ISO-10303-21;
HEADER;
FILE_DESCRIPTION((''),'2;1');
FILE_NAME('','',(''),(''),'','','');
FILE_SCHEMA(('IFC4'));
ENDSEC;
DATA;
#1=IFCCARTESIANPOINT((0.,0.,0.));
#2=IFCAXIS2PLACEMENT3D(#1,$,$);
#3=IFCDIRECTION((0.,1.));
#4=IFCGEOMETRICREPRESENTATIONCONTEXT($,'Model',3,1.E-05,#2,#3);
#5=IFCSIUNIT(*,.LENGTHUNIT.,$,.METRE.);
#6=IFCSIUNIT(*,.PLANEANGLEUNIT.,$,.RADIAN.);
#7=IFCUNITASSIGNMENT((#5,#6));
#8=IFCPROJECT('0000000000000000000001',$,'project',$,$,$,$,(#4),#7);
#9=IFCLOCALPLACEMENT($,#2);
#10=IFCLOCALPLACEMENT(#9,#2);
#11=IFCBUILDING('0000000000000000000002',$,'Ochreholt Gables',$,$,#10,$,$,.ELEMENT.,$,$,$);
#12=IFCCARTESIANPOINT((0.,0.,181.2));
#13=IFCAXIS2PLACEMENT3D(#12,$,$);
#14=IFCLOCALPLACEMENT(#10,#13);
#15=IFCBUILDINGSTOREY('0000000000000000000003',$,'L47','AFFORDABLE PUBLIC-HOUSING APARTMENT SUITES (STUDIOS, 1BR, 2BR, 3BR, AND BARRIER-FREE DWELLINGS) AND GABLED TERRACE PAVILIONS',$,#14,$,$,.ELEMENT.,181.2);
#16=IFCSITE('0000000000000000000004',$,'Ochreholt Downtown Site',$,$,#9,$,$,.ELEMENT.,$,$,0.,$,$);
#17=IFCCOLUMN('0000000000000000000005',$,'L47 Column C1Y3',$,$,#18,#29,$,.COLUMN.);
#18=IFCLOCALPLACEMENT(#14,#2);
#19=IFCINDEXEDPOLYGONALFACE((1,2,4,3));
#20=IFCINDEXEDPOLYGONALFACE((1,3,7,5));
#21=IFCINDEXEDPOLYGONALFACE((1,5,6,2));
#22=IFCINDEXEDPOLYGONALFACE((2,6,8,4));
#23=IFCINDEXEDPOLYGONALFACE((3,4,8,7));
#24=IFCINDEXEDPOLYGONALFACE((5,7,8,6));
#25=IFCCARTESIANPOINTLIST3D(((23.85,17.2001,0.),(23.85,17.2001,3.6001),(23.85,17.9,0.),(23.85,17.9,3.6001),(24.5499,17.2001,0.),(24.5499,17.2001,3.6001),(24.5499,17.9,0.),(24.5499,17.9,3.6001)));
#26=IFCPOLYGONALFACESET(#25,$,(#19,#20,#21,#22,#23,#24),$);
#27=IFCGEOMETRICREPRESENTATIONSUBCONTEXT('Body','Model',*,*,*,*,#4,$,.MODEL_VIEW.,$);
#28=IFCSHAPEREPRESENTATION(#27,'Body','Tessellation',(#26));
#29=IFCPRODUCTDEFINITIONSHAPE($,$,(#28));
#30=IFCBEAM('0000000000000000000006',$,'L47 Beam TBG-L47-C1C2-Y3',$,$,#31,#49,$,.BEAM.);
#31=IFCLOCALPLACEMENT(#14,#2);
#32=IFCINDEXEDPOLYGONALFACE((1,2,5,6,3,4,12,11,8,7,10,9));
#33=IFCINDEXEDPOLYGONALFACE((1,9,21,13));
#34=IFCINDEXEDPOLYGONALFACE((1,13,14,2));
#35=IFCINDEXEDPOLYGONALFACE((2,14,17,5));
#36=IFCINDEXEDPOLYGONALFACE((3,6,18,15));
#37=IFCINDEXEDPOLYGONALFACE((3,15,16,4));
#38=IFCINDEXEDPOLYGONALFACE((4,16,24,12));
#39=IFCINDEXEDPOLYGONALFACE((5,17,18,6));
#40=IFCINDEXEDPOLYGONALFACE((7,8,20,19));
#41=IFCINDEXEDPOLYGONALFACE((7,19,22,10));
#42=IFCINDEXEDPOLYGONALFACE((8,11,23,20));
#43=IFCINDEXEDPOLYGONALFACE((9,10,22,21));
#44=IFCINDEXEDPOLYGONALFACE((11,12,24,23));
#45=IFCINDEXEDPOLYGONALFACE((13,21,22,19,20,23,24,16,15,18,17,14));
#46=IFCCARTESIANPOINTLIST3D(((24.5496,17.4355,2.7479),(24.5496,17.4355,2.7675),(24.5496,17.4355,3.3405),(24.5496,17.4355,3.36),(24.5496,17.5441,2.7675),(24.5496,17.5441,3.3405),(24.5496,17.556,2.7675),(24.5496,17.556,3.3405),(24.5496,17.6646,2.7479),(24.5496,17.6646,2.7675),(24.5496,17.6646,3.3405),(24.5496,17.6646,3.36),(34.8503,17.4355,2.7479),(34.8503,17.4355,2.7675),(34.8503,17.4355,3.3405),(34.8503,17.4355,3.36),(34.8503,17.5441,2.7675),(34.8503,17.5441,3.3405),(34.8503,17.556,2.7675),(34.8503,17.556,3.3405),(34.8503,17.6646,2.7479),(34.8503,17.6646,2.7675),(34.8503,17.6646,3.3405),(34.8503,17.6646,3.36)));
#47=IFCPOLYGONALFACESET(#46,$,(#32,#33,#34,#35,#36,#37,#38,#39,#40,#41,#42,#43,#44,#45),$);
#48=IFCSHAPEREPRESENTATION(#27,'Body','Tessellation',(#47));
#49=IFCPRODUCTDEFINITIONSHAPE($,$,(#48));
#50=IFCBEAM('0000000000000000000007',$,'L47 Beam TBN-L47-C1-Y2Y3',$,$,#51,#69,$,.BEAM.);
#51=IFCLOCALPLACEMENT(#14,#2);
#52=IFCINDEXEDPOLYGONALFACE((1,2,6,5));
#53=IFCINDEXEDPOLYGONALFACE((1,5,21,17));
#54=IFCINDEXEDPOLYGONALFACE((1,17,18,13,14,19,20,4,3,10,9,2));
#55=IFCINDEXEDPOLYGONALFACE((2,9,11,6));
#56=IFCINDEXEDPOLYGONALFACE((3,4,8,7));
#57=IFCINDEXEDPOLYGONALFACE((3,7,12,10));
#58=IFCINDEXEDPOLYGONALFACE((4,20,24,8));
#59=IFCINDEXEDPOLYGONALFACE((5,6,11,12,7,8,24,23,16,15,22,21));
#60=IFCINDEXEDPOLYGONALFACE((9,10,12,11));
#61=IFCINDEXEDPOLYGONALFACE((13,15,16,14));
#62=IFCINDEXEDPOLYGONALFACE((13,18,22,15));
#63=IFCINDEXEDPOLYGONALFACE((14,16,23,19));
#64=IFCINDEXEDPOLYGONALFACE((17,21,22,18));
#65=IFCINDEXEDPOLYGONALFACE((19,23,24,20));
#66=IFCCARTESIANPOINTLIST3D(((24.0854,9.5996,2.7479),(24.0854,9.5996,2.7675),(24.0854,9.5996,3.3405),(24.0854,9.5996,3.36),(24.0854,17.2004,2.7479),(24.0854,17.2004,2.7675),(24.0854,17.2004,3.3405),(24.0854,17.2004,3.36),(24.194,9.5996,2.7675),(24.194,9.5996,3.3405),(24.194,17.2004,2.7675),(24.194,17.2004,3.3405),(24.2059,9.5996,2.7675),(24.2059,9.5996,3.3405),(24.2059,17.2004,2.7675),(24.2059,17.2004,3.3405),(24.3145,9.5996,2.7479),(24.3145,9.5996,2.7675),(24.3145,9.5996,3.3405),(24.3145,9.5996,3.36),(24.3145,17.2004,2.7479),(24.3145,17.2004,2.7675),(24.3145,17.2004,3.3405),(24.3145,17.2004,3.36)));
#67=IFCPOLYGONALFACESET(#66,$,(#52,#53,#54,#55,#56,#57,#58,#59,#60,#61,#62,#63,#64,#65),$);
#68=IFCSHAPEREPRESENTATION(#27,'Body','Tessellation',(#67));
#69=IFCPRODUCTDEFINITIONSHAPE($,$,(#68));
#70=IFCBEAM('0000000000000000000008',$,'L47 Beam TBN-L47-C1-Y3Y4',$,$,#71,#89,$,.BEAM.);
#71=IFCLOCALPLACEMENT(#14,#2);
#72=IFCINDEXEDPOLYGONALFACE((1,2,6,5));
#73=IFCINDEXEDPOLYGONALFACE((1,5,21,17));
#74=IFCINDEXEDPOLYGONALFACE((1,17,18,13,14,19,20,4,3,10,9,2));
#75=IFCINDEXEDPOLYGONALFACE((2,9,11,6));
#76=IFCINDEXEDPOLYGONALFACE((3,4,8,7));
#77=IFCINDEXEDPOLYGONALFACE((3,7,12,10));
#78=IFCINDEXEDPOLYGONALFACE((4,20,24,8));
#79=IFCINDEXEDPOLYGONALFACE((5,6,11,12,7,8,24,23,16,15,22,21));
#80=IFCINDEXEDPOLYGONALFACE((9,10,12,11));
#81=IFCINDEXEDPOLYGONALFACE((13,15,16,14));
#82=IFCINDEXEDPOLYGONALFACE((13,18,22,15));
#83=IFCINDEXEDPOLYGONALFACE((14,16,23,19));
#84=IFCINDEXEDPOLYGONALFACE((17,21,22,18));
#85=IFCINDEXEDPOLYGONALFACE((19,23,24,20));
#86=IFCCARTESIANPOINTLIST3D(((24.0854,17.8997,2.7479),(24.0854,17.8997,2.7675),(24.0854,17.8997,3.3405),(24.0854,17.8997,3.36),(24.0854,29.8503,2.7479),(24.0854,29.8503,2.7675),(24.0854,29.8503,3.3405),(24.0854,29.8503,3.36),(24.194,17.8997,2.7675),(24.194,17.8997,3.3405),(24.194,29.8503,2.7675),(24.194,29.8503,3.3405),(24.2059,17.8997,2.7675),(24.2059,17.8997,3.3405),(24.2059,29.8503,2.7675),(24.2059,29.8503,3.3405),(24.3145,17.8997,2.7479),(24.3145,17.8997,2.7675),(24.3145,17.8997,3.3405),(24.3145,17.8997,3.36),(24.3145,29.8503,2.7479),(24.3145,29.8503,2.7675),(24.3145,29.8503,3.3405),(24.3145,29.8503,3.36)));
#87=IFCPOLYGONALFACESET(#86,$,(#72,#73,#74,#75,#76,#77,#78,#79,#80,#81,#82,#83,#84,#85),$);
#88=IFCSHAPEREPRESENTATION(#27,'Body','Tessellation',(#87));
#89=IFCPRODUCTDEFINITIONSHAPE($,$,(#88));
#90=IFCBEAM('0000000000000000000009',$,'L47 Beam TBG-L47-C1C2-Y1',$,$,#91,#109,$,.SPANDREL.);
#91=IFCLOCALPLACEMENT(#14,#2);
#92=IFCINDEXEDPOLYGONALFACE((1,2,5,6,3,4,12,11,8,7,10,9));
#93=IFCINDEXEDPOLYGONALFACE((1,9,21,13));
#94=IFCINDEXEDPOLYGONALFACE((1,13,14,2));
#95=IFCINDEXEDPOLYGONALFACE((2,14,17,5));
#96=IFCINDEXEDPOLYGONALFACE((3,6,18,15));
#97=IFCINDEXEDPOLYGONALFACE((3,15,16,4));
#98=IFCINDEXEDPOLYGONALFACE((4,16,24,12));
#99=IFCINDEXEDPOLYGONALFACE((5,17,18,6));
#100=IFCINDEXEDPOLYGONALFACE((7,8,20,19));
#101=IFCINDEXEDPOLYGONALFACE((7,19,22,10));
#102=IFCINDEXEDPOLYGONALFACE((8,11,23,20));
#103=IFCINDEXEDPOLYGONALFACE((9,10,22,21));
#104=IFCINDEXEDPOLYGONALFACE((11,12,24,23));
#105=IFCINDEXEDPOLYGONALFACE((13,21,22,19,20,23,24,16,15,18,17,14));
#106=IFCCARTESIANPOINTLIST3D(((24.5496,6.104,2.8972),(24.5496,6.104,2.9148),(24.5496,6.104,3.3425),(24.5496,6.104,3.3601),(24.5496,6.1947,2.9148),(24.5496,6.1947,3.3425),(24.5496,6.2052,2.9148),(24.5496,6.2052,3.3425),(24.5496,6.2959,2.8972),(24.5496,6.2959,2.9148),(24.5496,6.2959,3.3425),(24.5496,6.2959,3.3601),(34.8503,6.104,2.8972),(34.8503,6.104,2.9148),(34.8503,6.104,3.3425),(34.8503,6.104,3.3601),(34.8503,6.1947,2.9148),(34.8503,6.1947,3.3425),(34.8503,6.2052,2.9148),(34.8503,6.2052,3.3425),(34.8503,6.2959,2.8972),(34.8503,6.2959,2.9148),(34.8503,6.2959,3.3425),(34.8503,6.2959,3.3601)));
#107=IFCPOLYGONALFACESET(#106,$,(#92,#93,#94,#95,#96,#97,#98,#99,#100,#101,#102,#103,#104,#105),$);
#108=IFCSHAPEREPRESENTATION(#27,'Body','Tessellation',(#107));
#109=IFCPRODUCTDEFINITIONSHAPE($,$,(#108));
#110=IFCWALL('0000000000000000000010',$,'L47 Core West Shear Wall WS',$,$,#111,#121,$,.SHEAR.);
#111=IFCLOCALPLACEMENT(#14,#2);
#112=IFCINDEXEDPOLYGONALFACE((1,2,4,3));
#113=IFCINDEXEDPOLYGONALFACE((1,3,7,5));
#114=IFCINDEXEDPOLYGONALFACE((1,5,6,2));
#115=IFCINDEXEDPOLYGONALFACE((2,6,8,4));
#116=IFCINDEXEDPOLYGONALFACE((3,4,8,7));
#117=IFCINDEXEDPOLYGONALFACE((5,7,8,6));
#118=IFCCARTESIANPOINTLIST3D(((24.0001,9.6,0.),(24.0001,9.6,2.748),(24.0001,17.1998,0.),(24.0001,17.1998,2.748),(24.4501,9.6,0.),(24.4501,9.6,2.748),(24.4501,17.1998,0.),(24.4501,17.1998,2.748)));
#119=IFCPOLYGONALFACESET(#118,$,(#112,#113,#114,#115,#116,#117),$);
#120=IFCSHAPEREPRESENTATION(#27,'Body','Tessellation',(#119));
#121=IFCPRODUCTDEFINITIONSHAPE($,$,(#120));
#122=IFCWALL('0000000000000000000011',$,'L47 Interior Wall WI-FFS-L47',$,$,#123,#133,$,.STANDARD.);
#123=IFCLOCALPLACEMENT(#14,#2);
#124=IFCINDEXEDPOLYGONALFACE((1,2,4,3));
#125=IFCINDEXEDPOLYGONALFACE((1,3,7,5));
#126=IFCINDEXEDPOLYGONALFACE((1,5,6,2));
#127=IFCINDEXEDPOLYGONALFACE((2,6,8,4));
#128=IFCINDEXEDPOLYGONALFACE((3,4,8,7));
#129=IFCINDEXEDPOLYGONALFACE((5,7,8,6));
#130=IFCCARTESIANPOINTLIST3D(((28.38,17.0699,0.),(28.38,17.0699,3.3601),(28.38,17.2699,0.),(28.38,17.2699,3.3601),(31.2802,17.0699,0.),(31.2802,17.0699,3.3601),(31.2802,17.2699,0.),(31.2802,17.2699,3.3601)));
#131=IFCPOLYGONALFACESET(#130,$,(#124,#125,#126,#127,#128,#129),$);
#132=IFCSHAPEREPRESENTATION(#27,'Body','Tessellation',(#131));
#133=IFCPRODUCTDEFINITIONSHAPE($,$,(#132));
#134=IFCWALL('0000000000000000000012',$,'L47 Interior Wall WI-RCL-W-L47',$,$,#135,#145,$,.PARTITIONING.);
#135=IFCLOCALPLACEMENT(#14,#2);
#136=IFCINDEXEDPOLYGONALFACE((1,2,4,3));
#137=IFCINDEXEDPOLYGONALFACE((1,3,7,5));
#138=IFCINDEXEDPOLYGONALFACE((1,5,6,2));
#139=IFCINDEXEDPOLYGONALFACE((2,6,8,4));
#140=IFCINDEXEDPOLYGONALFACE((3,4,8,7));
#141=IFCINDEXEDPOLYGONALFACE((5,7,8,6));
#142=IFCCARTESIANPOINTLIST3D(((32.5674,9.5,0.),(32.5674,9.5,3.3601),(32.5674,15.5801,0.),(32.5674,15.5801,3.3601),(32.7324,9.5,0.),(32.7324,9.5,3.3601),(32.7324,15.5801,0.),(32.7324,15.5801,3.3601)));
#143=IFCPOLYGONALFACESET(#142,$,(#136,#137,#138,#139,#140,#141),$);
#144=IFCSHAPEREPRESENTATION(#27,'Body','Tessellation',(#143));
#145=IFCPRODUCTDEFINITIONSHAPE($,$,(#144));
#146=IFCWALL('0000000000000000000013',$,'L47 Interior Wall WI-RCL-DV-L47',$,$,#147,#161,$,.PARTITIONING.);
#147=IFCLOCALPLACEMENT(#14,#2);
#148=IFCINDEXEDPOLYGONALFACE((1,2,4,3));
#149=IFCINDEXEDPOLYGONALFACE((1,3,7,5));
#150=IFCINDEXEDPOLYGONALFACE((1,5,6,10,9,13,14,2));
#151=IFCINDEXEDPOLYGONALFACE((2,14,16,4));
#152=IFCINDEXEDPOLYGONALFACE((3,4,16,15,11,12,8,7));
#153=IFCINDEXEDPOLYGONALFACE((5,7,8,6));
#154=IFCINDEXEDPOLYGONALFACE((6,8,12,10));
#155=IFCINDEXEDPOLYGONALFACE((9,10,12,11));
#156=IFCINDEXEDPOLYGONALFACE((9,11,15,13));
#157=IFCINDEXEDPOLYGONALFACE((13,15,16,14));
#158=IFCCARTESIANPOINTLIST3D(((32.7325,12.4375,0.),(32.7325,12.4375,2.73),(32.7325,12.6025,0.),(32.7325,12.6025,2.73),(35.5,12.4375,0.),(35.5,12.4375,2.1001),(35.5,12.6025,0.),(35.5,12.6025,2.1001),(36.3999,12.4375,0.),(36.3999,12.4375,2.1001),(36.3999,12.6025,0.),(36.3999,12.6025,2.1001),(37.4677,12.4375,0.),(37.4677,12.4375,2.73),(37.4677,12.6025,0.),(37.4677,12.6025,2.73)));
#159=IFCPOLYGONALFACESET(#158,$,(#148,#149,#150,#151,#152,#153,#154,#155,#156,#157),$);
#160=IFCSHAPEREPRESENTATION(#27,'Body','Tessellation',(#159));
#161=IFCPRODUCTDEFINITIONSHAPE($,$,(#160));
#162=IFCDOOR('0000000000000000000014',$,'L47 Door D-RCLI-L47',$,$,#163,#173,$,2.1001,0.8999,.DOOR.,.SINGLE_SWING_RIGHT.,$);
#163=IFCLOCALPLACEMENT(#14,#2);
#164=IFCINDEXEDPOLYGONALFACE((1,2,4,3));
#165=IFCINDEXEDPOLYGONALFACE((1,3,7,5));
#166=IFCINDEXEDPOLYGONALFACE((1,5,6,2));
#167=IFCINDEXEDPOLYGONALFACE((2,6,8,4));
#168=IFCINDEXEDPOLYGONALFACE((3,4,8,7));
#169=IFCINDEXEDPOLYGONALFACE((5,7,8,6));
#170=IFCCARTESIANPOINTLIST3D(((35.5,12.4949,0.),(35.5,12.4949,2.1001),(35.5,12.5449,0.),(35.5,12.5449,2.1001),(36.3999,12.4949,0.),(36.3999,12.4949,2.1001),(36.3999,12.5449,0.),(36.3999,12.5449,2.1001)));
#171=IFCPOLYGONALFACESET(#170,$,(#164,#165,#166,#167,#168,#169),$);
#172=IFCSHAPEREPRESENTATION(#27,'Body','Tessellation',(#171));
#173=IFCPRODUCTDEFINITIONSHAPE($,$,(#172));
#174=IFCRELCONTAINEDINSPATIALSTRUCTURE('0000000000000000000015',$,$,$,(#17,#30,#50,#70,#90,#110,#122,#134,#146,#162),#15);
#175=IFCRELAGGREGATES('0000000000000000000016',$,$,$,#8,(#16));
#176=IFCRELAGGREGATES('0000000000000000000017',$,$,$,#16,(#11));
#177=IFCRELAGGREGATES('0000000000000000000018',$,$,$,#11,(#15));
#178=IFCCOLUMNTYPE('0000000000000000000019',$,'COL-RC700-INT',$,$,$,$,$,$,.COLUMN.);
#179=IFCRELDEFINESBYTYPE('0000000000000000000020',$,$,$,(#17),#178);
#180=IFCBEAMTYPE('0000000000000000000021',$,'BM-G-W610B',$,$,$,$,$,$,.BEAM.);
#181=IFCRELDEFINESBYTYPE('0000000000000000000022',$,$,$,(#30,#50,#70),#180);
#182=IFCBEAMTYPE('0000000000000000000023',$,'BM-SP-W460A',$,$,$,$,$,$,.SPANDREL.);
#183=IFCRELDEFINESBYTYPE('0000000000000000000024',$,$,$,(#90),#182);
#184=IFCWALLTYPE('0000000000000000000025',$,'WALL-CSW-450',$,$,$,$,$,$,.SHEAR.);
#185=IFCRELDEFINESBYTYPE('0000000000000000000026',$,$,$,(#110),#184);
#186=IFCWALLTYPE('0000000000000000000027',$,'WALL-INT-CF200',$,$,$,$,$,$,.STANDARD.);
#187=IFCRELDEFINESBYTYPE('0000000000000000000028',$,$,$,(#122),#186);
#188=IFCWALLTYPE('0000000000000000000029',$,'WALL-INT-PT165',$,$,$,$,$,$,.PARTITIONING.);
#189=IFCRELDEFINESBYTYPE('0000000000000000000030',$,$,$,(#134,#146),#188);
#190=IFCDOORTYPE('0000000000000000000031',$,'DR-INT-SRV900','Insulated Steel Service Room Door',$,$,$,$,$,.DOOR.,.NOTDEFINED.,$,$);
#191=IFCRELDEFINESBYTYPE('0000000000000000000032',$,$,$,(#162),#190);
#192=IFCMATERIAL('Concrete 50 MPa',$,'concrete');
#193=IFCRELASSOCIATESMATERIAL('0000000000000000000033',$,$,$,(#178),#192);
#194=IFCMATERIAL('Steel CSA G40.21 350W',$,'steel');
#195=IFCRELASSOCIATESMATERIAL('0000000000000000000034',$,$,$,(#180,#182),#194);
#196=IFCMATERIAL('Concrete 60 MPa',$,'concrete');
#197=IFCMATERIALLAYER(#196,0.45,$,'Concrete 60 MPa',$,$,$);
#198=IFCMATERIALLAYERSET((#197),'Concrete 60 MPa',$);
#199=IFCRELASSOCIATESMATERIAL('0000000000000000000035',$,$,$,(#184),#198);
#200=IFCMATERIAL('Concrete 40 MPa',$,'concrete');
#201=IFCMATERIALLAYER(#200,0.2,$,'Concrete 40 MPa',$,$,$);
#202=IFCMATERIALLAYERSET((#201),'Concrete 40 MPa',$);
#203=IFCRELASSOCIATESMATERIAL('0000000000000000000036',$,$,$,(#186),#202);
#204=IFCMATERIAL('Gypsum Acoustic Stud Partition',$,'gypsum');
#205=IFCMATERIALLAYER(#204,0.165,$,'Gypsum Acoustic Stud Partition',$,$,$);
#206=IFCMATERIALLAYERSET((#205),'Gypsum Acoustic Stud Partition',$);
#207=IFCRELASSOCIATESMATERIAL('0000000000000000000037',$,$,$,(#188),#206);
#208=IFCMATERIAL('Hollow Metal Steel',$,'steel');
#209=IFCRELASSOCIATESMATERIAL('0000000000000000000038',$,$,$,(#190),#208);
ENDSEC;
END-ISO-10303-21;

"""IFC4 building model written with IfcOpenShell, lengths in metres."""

from ifc_helpers import new_model, si_unit, direction, frame, frame_2d, origin, origin_2d, place, context, subcontext, project, spatial, rectangle, i_section, extrude, material, layer, layer_set, material_profile, profile_set, type_object, element, fill, save


model = new_model("IFC4")

# Units and contexts
model_context = context("Model", 3, precision=1e-05, world=origin(), true_north=direction((0.0, 1.0)))
body_context = subcontext(model_context, "Body", "Model", "MODEL_VIEW")
ifc_project = project(units=[si_unit("LENGTHUNIT", "METRE"), si_unit("PLANEANGLEUNIT", "RADIAN")], contexts=[model_context])

# Site, building, storey
site_placement = place(None, origin())
site = spatial("IfcSite", under=ifc_project, at=site_placement, Name="Ochreholt Downtown Site", CompositionType="ELEMENT", RefElevation=0.0)
building_placement = place(site_placement, origin())
building = spatial("IfcBuilding", under=site, at=building_placement, Name="Ochreholt Gables", CompositionType="ELEMENT")
storey_placement = place(building_placement, frame((0.0, 0.0, 181.2)))
storey = spatial("IfcBuildingStorey", under=building, at=storey_placement, Name="L47", Description="AFFORDABLE PUBLIC-HOUSING APARTMENT SUITES (STUDIOS, 1BR, 2BR, 3BR, AND BARRIER-FREE DWELLINGS) AND GABLED TERRACE PAVILIONS", CompositionType="ELEMENT", Elevation=181.2)

# Column
ifc_material_1 = material(Name="Concrete 50 MPa", Category="concrete")
ifc_material_profile_1 = material_profile(ifc_material_1, rectangle(XDim=0.7, YDim=0.7, at=origin_2d()), Name="RC700X700")
ifc_profile_set_1 = profile_set([ifc_material_profile_1], Name="Concrete 50 MPa")
column_type = type_object("IfcColumnType", Name="COL-RC700-INT", PredefinedType="COLUMN", material=ifc_profile_set_1)
column_placement = place(storey_placement, frame((24.2, 17.55, 0.0), z_axis=(0.0, 0.0, 1.0), x_axis=(1.0, 0.0, 0.0)))
element("IfcColumn", 1, at=column_placement, inside=storey, type_object=column_type, Name="L47 Column C1Y3", PredefinedType="COLUMN", context=body_context, shape_type="SweptSolid", body=[
    extrude(rectangle(XDim=0.7, YDim=0.7, at=origin_2d()), origin(), (0.0, 0.0, 1.0), 3.6001),
])

# Beams
ifc_material_2 = material(Name="Steel CSA G40.21 350W", Category="steel")
ifc_material_profile_2 = material_profile(ifc_material_2, i_section(OverallWidth=0.229, OverallDepth=0.6121, WebThickness=0.012, FlangeThickness=0.0195, at=origin_2d()), Name="W610X125")
ifc_profile_set_2 = profile_set([ifc_material_profile_2], Name="Steel CSA G40.21 350W")
beam_type_1 = type_object("IfcBeamType", Name="BM-G-W610B", PredefinedType="BEAM", material=ifc_profile_set_2)
beam_1_placement = place(storey_placement, frame((24.5496, 17.55, 3.054), z_axis=(1.0, 0.0, 0.0), x_axis=(0.0, 1.0, 0.0)))
element("IfcBeam", 2, at=beam_1_placement, inside=storey, type_object=beam_type_1, Name="L47 Beam TBG-L47-C1C2-Y3", PredefinedType="BEAM", context=body_context, shape_type="SweptSolid", body=[
    extrude(i_section(OverallWidth=0.229, OverallDepth=0.6121, WebThickness=0.012, FlangeThickness=0.0195, at=origin_2d()), origin(), (0.0, 0.0, 1.0), 10.3008),
])
beam_2_placement = place(storey_placement, frame((24.2, 9.5996, 3.054), z_axis=(0.0, 1.0, 0.0), x_axis=(-1.0, 0.0, 0.0)))
element("IfcBeam", 3, at=beam_2_placement, inside=storey, type_object=beam_type_1, Name="L47 Beam TBN-L47-C1-Y2Y3", PredefinedType="BEAM", context=body_context, shape_type="SweptSolid", body=[
    extrude(i_section(OverallWidth=0.229, OverallDepth=0.6121, WebThickness=0.012, FlangeThickness=0.0195, at=origin_2d()), origin(), (0.0, 0.0, 1.0), 7.6008),
])
beam_3_placement = place(storey_placement, frame((24.2, 17.8997, 3.054), z_axis=(0.0, 1.0, 0.0), x_axis=(-1.0, 0.0, 0.0)))
element("IfcBeam", 4, at=beam_3_placement, inside=storey, type_object=beam_type_1, Name="L47 Beam TBN-L47-C1-Y3Y4", PredefinedType="BEAM", context=body_context, shape_type="SweptSolid", body=[
    extrude(i_section(OverallWidth=0.229, OverallDepth=0.6121, WebThickness=0.012, FlangeThickness=0.0195, at=origin_2d()), origin(), (0.0, 0.0, 1.0), 11.9507),
])
ifc_material_profile_3 = material_profile(ifc_material_2, i_section(OverallWidth=0.1919, OverallDepth=0.4629, WebThickness=0.0105, FlangeThickness=0.0176, at=origin_2d()), Name="W460X89")
ifc_profile_set_3 = profile_set([ifc_material_profile_3], Name="Steel CSA G40.21 350W")
beam_type_2 = type_object("IfcBeamType", Name="BM-SP-W460A", PredefinedType="SPANDREL", material=ifc_profile_set_3)
beam_4_placement = place(storey_placement, frame((24.5496, 6.2, 3.1287), z_axis=(1.0, 0.0, 0.0), x_axis=(0.0, 1.0, 0.0)))
element("IfcBeam", 5, at=beam_4_placement, inside=storey, type_object=beam_type_2, Name="L47 Beam TBG-L47-C1C2-Y1", PredefinedType="SPANDREL", context=body_context, shape_type="SweptSolid", body=[
    extrude(i_section(OverallWidth=0.1919, OverallDepth=0.4629, WebThickness=0.0105, FlangeThickness=0.0176, at=origin_2d()), origin(), (0.0, 0.0, 1.0), 10.3008),
])

# Shared definitions
ifc_material_3 = material(Name="Hollow Metal Steel", Category="steel")

# Walls
ifc_material_4 = material(Name="Concrete 60 MPa", Category="concrete")
ifc_layer_1 = layer(ifc_material_4, 0.45, Name="Concrete 60 MPa")
ifc_layer_set_1 = layer_set([ifc_layer_1], Name="Concrete 60 MPa")
wall_type_1 = type_object("IfcWallType", Name="WALL-CSW-450", PredefinedType="SHEAR", material=ifc_layer_set_1)
wall_1_placement = place(storey_placement, frame((24.2251, 9.6001, 0.0), z_axis=(0.0, 0.0, 1.0), x_axis=(0.0, 1.0, 0.0)))
element("IfcWall", 6, at=wall_1_placement, inside=storey, type_object=wall_type_1, Name="L47 Core West Shear Wall WS", PredefinedType="SHEAR", context=body_context, shape_type="SweptSolid", body=[
    extrude(rectangle(XDim=7.5999, YDim=0.45, at=frame_2d((3.7998, 0.0))), origin(), (0.0, 0.0, 1.0), 2.748),
])
ifc_material_5 = material(Name="Concrete 40 MPa", Category="concrete")
ifc_layer_2 = layer(ifc_material_5, 0.2, Name="Concrete 40 MPa")
ifc_layer_set_2 = layer_set([ifc_layer_2], Name="Concrete 40 MPa")
wall_type_2 = type_object("IfcWallType", Name="WALL-INT-CF200", PredefinedType="STANDARD", material=ifc_layer_set_2)
wall_2_placement = place(storey_placement, frame((28.3799, 17.1699, 0.0), z_axis=(0.0, 0.0, 1.0), x_axis=(1.0, 0.0, 0.0)))
element("IfcWall", 7, at=wall_2_placement, inside=storey, type_object=wall_type_2, Name="L47 Interior Wall WI-FFS-L47", PredefinedType="STANDARD", context=body_context, shape_type="SweptSolid", body=[
    extrude(rectangle(XDim=2.9001, YDim=0.2, at=frame_2d((1.4502, 0.0))), origin(), (0.0, 0.0, 1.0), 3.3601),
])

# Wall
ifc_material_6 = material(Name="Gypsum Acoustic Stud Partition", Category="gypsum")
ifc_layer_3 = layer(ifc_material_6, 0.165, Name="Gypsum Acoustic Stud Partition")
ifc_layer_set_3 = layer_set([ifc_layer_3], Name="Gypsum Acoustic Stud Partition")
wall_type_3 = type_object("IfcWallType", Name="WALL-INT-PT165", PredefinedType="PARTITIONING", material=ifc_layer_set_3)
wall_3_placement = place(storey_placement, frame((32.6499, 9.5, 0.0), z_axis=(0.0, 0.0, 1.0), x_axis=(0.0, 1.0, 0.0)))
element("IfcWall", 8, at=wall_3_placement, inside=storey, type_object=wall_type_3, Name="L47 Interior Wall WI-RCL-W-L47", PredefinedType="PARTITIONING", context=body_context, shape_type="SweptSolid", body=[
    extrude(rectangle(XDim=6.0801, YDim=0.165, at=frame_2d((3.04, 0.0))), origin(), (0.0, 0.0, 1.0), 3.3601),
])

# Wall, opening, door
wall_4_placement = place(storey_placement, frame((32.7324, 12.52, 0.0), z_axis=(0.0, 0.0, 1.0), x_axis=(1.0, 0.0, 0.0)))
wall_4 = element("IfcWall", 9, at=wall_4_placement, inside=storey, type_object=wall_type_3, Name="L47 Interior Wall WI-RCL-DV-L47", PredefinedType="PARTITIONING", context=body_context, shape_type="SweptSolid", body=[
    extrude(rectangle(XDim=4.7351, YDim=0.165, at=frame_2d((2.3677, 0.0))), origin(), (0.0, 0.0, 1.0), 2.73),
])
opening_1_placement = place(wall_4_placement, frame((2.7676, 0.0, 0.0)))
opening_1 = element("IfcOpeningElement", 10, at=opening_1_placement, cuts=wall_4, PredefinedType="OPENING", context=body_context, shape_type="SweptSolid", body=[
    extrude(rectangle(XDim=0.8999, YDim=2.1001, at=frame_2d((0.45, 1.05))), frame((0.0, 0.0925, 0.0), z_axis=(0.0, -1.0, 0.0), x_axis=(1.0, 0.0, 0.0)), (0.0, 0.0, 1.0), 0.1851),
])
door_type_1 = type_object("IfcDoorType", Name="DR-INT-SRV900", Description="Insulated Steel Service Room Door", OperationType="NOTDEFINED", PredefinedType="DOOR", material=ifc_material_3)
door_1_placement = place(opening_1_placement, origin())
door_1 = element("IfcDoor", 11, at=door_1_placement, inside=storey, type_object=door_type_1, Name="L47 Door D-RCLI-L47", OperationType="SINGLE_SWING_RIGHT", OverallHeight=2.1001, OverallWidth=0.8999, PredefinedType="DOOR", context=body_context, shape_type="SweptSolid", body=[
    extrude(rectangle(XDim=0.8999, YDim=2.1001, at=frame_2d((0.45, 1.05))), frame((0.0, 0.0249, 0.0), z_axis=(0.0, -1.0, 0.0), x_axis=(1.0, 0.0, 0.0)), (0.0, 0.0, 1.0), 0.05),
])
fill(opening_1, door_1)

save(model, "model.ifc")
